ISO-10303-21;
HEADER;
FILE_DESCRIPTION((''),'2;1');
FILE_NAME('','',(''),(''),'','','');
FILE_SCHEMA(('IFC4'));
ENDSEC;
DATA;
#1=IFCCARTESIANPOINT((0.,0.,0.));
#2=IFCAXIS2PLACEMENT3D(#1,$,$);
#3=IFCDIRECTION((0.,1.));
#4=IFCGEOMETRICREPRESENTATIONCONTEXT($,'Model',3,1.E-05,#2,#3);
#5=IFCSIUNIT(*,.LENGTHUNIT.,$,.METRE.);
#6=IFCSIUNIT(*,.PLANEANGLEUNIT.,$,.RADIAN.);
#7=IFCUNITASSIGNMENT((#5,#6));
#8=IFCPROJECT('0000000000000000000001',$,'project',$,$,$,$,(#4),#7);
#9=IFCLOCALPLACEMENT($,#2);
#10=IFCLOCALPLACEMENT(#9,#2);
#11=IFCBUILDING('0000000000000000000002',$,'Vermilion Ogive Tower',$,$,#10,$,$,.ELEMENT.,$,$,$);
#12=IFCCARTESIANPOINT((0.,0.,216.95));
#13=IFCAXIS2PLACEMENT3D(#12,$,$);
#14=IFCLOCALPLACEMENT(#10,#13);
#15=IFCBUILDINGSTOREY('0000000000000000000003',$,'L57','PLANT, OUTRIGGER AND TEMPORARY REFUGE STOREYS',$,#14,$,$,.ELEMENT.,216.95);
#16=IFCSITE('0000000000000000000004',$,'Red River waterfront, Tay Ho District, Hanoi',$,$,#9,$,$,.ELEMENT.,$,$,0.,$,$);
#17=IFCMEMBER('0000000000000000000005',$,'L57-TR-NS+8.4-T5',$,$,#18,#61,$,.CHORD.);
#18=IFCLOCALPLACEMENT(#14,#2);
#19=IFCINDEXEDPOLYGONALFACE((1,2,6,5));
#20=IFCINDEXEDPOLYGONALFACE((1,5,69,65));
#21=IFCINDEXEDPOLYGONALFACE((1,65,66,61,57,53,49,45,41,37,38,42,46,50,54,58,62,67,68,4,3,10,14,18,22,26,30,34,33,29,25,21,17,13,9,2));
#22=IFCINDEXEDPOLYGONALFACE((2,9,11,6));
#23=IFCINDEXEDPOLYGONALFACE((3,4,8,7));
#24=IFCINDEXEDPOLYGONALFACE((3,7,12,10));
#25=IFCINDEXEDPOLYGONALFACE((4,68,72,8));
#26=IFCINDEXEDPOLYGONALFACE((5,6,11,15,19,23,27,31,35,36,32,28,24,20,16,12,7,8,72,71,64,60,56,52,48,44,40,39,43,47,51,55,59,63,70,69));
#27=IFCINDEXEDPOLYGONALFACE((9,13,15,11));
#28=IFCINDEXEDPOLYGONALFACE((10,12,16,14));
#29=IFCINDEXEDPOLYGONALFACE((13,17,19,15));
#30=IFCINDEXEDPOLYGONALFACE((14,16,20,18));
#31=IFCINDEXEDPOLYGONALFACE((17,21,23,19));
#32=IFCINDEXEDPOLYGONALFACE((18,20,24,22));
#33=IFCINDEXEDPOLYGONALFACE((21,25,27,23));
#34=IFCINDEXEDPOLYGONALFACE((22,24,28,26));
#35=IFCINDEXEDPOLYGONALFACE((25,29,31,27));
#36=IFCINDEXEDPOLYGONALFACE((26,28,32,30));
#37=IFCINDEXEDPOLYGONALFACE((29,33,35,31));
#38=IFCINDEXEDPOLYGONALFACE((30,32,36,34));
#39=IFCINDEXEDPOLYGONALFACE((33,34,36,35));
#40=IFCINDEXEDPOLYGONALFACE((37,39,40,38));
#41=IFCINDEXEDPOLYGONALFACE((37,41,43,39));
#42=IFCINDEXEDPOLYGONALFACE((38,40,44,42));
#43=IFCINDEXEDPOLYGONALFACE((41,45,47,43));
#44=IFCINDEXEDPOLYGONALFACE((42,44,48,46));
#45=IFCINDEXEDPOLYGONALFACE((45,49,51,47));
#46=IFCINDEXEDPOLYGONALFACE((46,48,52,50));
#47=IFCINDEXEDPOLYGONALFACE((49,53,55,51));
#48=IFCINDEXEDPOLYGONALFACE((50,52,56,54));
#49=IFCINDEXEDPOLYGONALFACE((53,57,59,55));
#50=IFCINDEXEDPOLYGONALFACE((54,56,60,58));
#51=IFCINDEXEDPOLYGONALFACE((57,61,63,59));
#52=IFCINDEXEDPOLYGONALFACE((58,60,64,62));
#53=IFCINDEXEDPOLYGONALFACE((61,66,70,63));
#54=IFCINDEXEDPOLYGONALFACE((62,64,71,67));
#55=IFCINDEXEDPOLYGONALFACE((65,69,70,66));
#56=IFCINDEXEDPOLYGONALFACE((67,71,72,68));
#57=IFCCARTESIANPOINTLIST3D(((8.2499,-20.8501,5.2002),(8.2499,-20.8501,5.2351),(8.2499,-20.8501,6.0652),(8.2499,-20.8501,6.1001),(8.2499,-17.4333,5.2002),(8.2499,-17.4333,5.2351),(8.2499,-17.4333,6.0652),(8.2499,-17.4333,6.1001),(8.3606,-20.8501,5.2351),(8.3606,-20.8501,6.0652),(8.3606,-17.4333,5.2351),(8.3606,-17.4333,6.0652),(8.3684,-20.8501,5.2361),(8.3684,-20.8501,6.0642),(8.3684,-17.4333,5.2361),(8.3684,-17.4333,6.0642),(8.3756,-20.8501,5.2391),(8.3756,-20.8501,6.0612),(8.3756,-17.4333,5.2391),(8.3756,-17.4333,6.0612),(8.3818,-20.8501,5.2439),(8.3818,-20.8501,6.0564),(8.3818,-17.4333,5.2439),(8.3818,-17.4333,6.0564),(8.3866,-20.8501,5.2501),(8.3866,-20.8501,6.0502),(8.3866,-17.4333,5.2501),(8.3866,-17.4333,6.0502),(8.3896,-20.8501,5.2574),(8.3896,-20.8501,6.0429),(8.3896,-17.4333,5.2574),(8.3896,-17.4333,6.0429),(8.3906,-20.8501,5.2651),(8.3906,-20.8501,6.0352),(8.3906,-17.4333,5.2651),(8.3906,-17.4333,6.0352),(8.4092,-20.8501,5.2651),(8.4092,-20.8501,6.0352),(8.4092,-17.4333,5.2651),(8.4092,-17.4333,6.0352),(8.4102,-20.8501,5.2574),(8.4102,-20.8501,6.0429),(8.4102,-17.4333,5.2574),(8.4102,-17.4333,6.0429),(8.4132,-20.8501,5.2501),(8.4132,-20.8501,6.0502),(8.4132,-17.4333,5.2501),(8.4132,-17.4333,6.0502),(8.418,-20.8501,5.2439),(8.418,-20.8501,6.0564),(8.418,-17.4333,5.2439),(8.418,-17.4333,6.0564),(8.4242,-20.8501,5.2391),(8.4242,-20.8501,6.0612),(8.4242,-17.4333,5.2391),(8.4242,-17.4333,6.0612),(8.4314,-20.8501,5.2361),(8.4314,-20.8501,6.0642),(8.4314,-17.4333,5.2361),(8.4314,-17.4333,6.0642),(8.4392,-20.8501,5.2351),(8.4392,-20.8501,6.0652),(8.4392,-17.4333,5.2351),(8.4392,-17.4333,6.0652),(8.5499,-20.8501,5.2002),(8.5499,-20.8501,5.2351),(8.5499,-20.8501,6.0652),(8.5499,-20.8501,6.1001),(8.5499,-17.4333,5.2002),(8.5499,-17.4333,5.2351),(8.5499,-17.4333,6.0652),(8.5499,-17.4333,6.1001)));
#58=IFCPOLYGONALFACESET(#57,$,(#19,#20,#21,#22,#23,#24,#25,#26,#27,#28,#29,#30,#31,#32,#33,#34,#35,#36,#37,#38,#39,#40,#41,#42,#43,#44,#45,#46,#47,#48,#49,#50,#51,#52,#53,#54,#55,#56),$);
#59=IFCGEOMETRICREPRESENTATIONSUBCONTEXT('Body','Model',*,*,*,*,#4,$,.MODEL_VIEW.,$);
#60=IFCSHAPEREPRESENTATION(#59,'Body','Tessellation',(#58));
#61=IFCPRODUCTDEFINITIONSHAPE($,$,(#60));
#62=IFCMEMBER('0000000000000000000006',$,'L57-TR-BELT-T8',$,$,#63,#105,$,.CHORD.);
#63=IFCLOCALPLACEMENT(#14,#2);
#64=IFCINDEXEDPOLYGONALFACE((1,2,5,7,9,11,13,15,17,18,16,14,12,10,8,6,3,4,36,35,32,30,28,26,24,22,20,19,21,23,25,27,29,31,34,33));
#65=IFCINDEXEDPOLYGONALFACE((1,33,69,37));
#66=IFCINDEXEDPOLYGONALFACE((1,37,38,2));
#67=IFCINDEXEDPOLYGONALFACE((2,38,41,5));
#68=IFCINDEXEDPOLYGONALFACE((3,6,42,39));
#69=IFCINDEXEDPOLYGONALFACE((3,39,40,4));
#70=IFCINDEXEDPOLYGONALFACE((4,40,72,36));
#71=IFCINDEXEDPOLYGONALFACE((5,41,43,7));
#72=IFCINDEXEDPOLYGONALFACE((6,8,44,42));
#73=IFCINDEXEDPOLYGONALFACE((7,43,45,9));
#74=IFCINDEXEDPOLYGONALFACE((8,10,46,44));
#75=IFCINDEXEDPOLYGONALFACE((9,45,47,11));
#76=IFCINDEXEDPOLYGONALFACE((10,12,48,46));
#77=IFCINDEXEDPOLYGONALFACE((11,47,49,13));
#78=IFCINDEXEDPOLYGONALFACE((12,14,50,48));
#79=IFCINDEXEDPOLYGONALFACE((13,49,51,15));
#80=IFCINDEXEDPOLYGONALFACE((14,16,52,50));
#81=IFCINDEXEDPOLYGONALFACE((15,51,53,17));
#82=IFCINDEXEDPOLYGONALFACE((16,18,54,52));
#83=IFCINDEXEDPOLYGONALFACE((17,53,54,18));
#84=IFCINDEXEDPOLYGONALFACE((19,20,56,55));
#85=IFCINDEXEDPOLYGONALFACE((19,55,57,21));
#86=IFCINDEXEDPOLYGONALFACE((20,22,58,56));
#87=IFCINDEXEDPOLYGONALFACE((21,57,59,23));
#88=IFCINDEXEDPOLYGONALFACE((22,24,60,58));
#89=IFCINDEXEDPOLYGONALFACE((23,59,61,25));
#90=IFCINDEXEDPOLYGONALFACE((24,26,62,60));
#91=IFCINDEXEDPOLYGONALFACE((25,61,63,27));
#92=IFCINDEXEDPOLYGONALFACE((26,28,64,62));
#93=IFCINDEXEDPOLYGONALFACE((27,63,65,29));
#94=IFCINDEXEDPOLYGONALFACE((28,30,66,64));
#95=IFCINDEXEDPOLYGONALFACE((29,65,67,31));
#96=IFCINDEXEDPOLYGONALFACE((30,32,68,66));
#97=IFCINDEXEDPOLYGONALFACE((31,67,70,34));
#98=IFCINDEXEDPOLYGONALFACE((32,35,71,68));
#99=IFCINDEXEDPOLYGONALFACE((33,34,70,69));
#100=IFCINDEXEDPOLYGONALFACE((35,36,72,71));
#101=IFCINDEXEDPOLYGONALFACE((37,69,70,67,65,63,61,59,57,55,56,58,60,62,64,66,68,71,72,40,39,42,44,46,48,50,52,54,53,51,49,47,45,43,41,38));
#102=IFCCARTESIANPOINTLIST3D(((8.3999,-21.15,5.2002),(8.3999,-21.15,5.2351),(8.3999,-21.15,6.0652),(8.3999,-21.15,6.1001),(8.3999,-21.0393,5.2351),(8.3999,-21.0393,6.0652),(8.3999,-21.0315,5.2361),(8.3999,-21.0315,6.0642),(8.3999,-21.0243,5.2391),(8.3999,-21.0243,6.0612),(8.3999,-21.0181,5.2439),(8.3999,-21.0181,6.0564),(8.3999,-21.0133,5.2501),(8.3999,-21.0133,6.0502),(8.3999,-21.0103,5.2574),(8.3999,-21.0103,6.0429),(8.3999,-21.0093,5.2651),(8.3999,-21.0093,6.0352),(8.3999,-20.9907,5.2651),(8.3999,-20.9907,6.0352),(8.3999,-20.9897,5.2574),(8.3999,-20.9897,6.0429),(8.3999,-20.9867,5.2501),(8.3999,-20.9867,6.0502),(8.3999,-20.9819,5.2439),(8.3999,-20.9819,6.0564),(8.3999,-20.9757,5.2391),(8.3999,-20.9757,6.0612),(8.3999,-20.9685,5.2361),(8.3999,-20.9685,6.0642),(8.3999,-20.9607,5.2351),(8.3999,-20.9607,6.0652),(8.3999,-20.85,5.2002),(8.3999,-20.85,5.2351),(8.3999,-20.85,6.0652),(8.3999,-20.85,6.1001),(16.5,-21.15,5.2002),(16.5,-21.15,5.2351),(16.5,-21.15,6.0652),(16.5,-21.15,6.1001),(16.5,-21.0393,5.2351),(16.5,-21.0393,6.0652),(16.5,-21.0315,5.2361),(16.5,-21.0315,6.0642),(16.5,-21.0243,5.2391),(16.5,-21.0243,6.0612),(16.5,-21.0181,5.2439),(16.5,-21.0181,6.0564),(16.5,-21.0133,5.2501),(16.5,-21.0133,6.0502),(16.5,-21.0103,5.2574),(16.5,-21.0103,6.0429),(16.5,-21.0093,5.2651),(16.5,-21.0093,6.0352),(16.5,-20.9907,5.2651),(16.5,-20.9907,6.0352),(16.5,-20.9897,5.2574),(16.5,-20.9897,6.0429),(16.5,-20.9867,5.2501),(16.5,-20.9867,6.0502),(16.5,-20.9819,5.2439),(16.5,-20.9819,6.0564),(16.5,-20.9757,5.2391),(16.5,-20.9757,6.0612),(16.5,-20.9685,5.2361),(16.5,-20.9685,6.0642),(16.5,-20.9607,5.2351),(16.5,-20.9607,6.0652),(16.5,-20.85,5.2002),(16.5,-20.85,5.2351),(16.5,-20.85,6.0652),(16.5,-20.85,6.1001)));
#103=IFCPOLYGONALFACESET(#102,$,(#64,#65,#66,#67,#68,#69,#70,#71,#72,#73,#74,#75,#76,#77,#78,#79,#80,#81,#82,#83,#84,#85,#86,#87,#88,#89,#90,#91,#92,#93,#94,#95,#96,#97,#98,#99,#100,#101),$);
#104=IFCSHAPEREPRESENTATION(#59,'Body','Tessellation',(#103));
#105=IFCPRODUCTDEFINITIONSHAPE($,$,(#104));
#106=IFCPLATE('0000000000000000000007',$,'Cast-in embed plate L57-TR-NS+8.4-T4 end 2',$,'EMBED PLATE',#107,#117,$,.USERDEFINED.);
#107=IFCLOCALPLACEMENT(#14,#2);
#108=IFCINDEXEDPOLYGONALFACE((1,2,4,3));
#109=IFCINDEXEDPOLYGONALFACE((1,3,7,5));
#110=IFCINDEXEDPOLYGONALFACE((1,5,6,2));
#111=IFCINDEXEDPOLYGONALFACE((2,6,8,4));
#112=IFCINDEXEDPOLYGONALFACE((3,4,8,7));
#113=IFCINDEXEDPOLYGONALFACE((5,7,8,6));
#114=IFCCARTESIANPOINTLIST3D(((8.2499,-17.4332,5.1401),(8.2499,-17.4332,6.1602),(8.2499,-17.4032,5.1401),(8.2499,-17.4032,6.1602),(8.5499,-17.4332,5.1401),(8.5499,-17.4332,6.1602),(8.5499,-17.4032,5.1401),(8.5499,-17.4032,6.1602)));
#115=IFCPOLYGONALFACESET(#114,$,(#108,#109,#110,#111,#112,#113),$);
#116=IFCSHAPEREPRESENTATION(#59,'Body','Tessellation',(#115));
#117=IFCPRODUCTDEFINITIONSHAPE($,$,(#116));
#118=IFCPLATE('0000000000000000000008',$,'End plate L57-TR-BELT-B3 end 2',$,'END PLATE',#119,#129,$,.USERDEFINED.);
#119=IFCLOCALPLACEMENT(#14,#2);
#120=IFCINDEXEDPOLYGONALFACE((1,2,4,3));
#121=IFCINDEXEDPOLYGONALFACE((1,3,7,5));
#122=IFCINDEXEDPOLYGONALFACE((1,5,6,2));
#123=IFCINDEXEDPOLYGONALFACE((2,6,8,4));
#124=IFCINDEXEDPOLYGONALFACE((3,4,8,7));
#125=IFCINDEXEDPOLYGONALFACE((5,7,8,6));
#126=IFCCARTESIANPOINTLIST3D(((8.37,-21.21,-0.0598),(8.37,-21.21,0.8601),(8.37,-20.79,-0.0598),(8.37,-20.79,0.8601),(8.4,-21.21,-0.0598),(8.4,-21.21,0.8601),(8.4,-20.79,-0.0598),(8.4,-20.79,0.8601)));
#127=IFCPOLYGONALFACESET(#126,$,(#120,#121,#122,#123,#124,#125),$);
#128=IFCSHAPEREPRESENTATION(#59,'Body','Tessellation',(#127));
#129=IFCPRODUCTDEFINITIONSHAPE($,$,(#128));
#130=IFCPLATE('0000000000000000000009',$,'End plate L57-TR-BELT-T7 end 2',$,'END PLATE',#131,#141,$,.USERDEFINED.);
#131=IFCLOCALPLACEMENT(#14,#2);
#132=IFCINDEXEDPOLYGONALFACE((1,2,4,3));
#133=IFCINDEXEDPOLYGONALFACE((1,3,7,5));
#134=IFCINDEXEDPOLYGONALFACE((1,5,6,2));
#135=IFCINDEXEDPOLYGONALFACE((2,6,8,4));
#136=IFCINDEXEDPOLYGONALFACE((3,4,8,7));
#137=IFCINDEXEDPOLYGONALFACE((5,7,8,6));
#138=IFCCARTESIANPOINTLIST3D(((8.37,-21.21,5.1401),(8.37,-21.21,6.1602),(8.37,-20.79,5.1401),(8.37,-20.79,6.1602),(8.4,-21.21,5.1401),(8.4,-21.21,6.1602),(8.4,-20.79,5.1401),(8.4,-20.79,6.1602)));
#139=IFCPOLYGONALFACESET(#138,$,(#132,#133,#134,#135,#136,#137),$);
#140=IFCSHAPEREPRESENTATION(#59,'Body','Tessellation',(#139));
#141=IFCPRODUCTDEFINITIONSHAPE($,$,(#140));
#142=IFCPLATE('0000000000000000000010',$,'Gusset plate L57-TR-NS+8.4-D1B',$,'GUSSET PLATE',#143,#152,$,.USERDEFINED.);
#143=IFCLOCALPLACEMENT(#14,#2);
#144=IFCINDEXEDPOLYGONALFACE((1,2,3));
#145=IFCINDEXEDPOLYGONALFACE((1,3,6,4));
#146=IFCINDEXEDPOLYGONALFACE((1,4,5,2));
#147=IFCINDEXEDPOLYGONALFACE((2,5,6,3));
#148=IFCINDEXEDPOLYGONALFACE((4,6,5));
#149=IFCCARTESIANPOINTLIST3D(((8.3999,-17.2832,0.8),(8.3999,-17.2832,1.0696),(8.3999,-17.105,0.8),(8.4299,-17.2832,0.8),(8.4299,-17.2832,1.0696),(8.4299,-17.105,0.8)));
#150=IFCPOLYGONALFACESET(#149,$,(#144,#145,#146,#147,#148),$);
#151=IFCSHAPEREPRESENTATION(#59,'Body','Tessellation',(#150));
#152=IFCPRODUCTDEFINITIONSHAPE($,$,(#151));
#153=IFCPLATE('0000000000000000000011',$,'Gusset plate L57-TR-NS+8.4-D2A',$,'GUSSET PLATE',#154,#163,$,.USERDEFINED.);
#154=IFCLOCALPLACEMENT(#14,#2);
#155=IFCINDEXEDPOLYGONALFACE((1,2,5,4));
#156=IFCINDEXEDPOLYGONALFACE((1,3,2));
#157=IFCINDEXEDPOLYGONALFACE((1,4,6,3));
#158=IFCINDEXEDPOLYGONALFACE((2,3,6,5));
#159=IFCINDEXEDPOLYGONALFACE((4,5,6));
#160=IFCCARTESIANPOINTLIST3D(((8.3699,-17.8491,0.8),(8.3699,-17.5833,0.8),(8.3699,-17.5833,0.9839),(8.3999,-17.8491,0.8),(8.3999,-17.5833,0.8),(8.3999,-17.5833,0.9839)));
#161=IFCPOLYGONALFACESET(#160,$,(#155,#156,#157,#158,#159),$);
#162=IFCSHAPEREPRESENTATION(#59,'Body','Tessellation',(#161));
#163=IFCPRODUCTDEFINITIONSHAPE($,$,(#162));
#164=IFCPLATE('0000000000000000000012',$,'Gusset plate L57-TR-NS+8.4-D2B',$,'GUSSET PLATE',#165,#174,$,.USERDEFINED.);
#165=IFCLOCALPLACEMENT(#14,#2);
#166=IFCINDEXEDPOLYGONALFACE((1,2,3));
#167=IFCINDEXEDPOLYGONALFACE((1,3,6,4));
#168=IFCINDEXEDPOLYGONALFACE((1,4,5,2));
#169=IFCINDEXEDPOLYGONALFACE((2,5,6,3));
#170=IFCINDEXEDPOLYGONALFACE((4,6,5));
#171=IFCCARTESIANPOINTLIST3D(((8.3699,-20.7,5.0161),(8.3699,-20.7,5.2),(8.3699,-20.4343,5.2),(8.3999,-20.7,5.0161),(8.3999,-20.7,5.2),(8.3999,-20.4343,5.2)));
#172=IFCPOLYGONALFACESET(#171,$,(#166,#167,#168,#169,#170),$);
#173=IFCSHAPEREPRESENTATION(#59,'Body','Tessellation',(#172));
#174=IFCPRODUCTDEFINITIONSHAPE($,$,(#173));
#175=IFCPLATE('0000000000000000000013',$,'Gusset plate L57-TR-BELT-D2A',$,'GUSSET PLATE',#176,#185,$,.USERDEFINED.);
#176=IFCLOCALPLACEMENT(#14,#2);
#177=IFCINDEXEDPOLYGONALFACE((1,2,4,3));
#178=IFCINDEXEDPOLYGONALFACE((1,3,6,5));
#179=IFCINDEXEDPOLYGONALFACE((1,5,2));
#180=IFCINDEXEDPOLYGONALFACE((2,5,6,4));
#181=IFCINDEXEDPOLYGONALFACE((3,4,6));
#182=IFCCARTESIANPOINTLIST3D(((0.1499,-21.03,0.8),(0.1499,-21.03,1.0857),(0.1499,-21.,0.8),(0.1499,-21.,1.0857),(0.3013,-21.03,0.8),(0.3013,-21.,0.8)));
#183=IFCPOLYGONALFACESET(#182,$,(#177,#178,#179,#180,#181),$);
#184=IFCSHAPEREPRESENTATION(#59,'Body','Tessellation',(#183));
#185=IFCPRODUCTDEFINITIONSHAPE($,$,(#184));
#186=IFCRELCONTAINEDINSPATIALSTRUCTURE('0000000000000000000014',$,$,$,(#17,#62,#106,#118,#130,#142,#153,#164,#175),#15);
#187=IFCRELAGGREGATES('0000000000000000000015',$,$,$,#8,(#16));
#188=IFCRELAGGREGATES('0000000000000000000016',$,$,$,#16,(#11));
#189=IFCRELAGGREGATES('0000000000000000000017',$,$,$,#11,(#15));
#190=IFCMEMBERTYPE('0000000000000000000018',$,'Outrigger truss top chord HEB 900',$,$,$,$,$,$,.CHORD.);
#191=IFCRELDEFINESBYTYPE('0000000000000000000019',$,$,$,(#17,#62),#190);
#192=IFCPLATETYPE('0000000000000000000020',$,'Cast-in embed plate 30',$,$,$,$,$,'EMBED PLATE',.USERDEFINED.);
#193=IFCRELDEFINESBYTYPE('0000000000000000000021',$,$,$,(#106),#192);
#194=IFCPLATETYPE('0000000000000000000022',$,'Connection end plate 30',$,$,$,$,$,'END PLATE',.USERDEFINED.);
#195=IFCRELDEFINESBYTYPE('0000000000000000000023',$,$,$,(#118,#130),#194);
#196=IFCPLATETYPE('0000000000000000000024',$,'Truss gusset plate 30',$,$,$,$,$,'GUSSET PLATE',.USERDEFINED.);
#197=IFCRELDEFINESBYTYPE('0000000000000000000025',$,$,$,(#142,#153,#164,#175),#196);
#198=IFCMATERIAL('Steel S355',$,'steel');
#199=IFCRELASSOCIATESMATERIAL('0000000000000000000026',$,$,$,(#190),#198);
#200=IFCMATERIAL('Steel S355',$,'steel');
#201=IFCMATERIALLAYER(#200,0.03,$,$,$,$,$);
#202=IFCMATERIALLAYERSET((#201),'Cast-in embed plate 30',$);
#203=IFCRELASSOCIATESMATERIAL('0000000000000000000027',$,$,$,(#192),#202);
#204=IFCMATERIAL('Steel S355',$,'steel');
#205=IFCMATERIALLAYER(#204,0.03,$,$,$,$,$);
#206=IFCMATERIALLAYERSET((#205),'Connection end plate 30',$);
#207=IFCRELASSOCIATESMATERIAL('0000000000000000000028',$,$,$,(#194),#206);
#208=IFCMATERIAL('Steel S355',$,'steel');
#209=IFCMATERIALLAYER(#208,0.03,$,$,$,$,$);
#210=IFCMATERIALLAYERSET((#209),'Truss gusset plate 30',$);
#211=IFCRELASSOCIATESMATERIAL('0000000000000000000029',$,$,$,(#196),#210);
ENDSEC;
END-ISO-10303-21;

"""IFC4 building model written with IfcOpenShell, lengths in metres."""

from ifc_helpers import new_model, si_unit, direction, frame, origin, origin_2d, place, context, subcontext, project, spatial, polyline, rectangle, i_section, outline, extrude, material, layer, layer_set, material_profile, profile_set, type_object, element, save


model = new_model("IFC4")

# Units and contexts
model_context = context("Model", 3, precision=1e-05, world=origin(), true_north=direction((0.0, 1.0)))
body_context = subcontext(model_context, "Body", "Model", "MODEL_VIEW")
ifc_project = project(units=[si_unit("LENGTHUNIT", "METRE"), si_unit("PLANEANGLEUNIT", "RADIAN")], contexts=[model_context])

# Site, building, storey
site_placement = place(None, origin())
site = spatial("IfcSite", under=ifc_project, at=site_placement, Name="Red River waterfront, Tay Ho District, Hanoi", CompositionType="ELEMENT", RefElevation=0.0)
building_placement = place(site_placement, origin())
building = spatial("IfcBuilding", under=site, at=building_placement, Name="Vermilion Ogive Tower", CompositionType="ELEMENT")
storey_placement = place(building_placement, frame((0.0, 0.0, 216.95)))
storey = spatial("IfcBuildingStorey", under=building, at=storey_placement, Name="L57", Description="PLANT, OUTRIGGER AND TEMPORARY REFUGE STOREYS", CompositionType="ELEMENT", Elevation=216.95)

# Members
ifc_material_1 = material(Name="Steel S355", Category="steel")
ifc_material_profile_1 = material_profile(ifc_material_1, i_section(OverallWidth=0.3, OverallDepth=0.8999, WebThickness=0.0186, FlangeThickness=0.0349, FilletRadius=0.03, at=origin_2d()), Name="HEB 900")
ifc_profile_set_1 = profile_set([ifc_material_profile_1], Name="Steel S355")
member_type_1 = type_object("IfcMemberType", Name="Outrigger truss top chord HEB 900", PredefinedType="CHORD", material=ifc_profile_set_1)
member_1_placement = place(storey_placement, frame((8.3999, -17.4333, 5.6501), z_axis=(0.0, -1.0, 0.0), x_axis=(1.0, 0.0, 0.0)))
element("IfcMember", 1, at=member_1_placement, inside=storey, type_object=member_type_1, Name="L57-TR-NS+8.4-T5", PredefinedType="CHORD", context=body_context, shape_type="SweptSolid", body=[
    extrude(i_section(OverallWidth=0.3, OverallDepth=0.8999, WebThickness=0.0186, FlangeThickness=0.0349, FilletRadius=0.03, at=origin_2d()), origin(), (0.0, 0.0, 1.0), 3.4167),
])
member_2_placement = place(storey_placement, frame((8.3999, -21.0, 5.6501), z_axis=(1.0, 0.0, 0.0), x_axis=(0.0, 1.0, 0.0)))
element("IfcMember", 2, at=member_2_placement, inside=storey, type_object=member_type_1, Name="L57-TR-BELT-T8", PredefinedType="CHORD", context=body_context, shape_type="SweptSolid", body=[
    extrude(i_section(OverallWidth=0.3, OverallDepth=0.8999, WebThickness=0.0186, FlangeThickness=0.0349, FilletRadius=0.03, at=origin_2d()), origin(), (0.0, 0.0, 1.0), 8.1001),
])

# Plates
ifc_material_2 = material(Name="Steel S355", Category="steel")
ifc_layer_1 = layer(ifc_material_2, 0.03)
ifc_layer_set_1 = layer_set([ifc_layer_1], Name="Cast-in embed plate 30")
plate_type_1 = type_object("IfcPlateType", Name="Cast-in embed plate 30", ElementType="EMBED PLATE", PredefinedType="USERDEFINED", material=ifc_layer_set_1)
plate_1_placement = place(storey_placement, frame((8.3999, -17.4182, 5.1401), z_axis=(0.0, 0.0, 1.0), x_axis=(1.0, 0.0, 0.0)))
element("IfcPlate", 3, at=plate_1_placement, inside=storey, type_object=plate_type_1, Name="Cast-in embed plate L57-TR-NS+8.4-T4 end 2", ObjectType="EMBED PLATE", PredefinedType="USERDEFINED", context=body_context, shape_type="SweptSolid", body=[
    extrude(rectangle(XDim=0.3, YDim=0.03, at=origin_2d()), origin(), (0.0, 0.0, 1.0), 1.02),
])
ifc_material_3 = material(Name="Steel S355", Category="steel")
ifc_layer_2 = layer(ifc_material_3, 0.03)
ifc_layer_set_2 = layer_set([ifc_layer_2], Name="Connection end plate 30")
plate_type_2 = type_object("IfcPlateType", Name="Connection end plate 30", ElementType="END PLATE", PredefinedType="USERDEFINED", material=ifc_layer_set_2)
plate_2_placement = place(storey_placement, frame((8.385, -21.0, -0.0598), z_axis=(0.0, 0.0, 1.0), x_axis=(1.0, 0.0, 0.0)))
element("IfcPlate", 4, at=plate_2_placement, inside=storey, type_object=plate_type_2, Name="End plate L57-TR-BELT-B3 end 2", ObjectType="END PLATE", PredefinedType="USERDEFINED", context=body_context, shape_type="SweptSolid", body=[
    extrude(rectangle(XDim=0.03, YDim=0.4199, at=origin_2d()), origin(), (0.0, 0.0, 1.0), 0.9199),
])
plate_3_placement = place(storey_placement, frame((8.385, -21.0, 5.1401), z_axis=(0.0, 0.0, 1.0), x_axis=(1.0, 0.0, 0.0)))
element("IfcPlate", 5, at=plate_3_placement, inside=storey, type_object=plate_type_2, Name="End plate L57-TR-BELT-T7 end 2", ObjectType="END PLATE", PredefinedType="USERDEFINED", context=body_context, shape_type="SweptSolid", body=[
    extrude(rectangle(XDim=0.03, YDim=0.4199, at=origin_2d()), origin(), (0.0, 0.0, 1.0), 1.02),
])
ifc_material_4 = material(Name="Steel S355", Category="steel")
ifc_layer_3 = layer(ifc_material_4, 0.03)
ifc_layer_set_3 = layer_set([ifc_layer_3], Name="Truss gusset plate 30")
plate_type_3 = type_object("IfcPlateType", Name="Truss gusset plate 30", ElementType="GUSSET PLATE", PredefinedType="USERDEFINED", material=ifc_layer_set_3)
plate_4_placement = place(storey_placement, frame((8.3999, -17.2832, 1.0696), z_axis=(-1.0, 0.0, 0.0), x_axis=(0.0, 0.551558, -0.834137)))
element("IfcPlate", 6, at=plate_4_placement, inside=storey, type_object=plate_type_3, Name="Gusset plate L57-TR-NS+8.4-D1B", ObjectType="GUSSET PLATE", PredefinedType="USERDEFINED", context=body_context, shape_type="SweptSolid", body=[
    extrude(outline(polyline([(0.0, 0.0), (0.3231, 0.0), (0.2248, 0.1487), (0.0, 0.0)])), origin(), (0.0, 0.0, -1.0), 0.03),
])
plate_5_placement = place(storey_placement, frame((8.3999, -17.5833, 0.9839), z_axis=(1.0, 0.0, 0.0), x_axis=(0.0, -0.822518, -0.568739)))
element("IfcPlate", 7, at=plate_5_placement, inside=storey, type_object=plate_type_3, Name="Gusset plate L57-TR-NS+8.4-D2A", ObjectType="GUSSET PLATE", PredefinedType="USERDEFINED", context=body_context, shape_type="SweptSolid", body=[
    extrude(outline(polyline([(0.0, 0.0), (0.3232, 0.0), (0.1046, 0.1512), (0.0, 0.0)])), origin(), (0.0, 0.0, -1.0), 0.03),
])
plate_6_placement = place(storey_placement, frame((8.3999, -20.7, 5.0161), z_axis=(1.0, 0.0, 0.0), x_axis=(0.0, 0.822274, 0.569092)))
element("IfcPlate", 8, at=plate_6_placement, inside=storey, type_object=plate_type_3, Name="Gusset plate L57-TR-NS+8.4-D2B", ObjectType="GUSSET PLATE", PredefinedType="USERDEFINED", context=body_context, shape_type="SweptSolid", body=[
    extrude(outline(polyline([(0.0, 0.0), (0.323, 0.0), (0.1046, 0.1512), (0.0, 0.0)])), origin(), (0.0, 0.0, -1.0), 0.03),
])
plate_7_placement = place(storey_placement, frame((0.1499, -21.0, 1.0857), z_axis=(0.0, 1.0, 0.0), x_axis=(0.468235, 0.0, -0.883604)))
element("IfcPlate", 9, at=plate_7_placement, inside=storey, type_object=plate_type_3, Name="Gusset plate L57-TR-BELT-D2A", ObjectType="GUSSET PLATE", PredefinedType="USERDEFINED", context=body_context, shape_type="SweptSolid", body=[
    extrude(outline(polyline([(0.0, 0.0), (0.3233, 0.0), (0.2524, 0.1337), (0.0, 0.0)])), origin(), (0.0, 0.0, -1.0), 0.03),
])

save(model, "model.ifc")
